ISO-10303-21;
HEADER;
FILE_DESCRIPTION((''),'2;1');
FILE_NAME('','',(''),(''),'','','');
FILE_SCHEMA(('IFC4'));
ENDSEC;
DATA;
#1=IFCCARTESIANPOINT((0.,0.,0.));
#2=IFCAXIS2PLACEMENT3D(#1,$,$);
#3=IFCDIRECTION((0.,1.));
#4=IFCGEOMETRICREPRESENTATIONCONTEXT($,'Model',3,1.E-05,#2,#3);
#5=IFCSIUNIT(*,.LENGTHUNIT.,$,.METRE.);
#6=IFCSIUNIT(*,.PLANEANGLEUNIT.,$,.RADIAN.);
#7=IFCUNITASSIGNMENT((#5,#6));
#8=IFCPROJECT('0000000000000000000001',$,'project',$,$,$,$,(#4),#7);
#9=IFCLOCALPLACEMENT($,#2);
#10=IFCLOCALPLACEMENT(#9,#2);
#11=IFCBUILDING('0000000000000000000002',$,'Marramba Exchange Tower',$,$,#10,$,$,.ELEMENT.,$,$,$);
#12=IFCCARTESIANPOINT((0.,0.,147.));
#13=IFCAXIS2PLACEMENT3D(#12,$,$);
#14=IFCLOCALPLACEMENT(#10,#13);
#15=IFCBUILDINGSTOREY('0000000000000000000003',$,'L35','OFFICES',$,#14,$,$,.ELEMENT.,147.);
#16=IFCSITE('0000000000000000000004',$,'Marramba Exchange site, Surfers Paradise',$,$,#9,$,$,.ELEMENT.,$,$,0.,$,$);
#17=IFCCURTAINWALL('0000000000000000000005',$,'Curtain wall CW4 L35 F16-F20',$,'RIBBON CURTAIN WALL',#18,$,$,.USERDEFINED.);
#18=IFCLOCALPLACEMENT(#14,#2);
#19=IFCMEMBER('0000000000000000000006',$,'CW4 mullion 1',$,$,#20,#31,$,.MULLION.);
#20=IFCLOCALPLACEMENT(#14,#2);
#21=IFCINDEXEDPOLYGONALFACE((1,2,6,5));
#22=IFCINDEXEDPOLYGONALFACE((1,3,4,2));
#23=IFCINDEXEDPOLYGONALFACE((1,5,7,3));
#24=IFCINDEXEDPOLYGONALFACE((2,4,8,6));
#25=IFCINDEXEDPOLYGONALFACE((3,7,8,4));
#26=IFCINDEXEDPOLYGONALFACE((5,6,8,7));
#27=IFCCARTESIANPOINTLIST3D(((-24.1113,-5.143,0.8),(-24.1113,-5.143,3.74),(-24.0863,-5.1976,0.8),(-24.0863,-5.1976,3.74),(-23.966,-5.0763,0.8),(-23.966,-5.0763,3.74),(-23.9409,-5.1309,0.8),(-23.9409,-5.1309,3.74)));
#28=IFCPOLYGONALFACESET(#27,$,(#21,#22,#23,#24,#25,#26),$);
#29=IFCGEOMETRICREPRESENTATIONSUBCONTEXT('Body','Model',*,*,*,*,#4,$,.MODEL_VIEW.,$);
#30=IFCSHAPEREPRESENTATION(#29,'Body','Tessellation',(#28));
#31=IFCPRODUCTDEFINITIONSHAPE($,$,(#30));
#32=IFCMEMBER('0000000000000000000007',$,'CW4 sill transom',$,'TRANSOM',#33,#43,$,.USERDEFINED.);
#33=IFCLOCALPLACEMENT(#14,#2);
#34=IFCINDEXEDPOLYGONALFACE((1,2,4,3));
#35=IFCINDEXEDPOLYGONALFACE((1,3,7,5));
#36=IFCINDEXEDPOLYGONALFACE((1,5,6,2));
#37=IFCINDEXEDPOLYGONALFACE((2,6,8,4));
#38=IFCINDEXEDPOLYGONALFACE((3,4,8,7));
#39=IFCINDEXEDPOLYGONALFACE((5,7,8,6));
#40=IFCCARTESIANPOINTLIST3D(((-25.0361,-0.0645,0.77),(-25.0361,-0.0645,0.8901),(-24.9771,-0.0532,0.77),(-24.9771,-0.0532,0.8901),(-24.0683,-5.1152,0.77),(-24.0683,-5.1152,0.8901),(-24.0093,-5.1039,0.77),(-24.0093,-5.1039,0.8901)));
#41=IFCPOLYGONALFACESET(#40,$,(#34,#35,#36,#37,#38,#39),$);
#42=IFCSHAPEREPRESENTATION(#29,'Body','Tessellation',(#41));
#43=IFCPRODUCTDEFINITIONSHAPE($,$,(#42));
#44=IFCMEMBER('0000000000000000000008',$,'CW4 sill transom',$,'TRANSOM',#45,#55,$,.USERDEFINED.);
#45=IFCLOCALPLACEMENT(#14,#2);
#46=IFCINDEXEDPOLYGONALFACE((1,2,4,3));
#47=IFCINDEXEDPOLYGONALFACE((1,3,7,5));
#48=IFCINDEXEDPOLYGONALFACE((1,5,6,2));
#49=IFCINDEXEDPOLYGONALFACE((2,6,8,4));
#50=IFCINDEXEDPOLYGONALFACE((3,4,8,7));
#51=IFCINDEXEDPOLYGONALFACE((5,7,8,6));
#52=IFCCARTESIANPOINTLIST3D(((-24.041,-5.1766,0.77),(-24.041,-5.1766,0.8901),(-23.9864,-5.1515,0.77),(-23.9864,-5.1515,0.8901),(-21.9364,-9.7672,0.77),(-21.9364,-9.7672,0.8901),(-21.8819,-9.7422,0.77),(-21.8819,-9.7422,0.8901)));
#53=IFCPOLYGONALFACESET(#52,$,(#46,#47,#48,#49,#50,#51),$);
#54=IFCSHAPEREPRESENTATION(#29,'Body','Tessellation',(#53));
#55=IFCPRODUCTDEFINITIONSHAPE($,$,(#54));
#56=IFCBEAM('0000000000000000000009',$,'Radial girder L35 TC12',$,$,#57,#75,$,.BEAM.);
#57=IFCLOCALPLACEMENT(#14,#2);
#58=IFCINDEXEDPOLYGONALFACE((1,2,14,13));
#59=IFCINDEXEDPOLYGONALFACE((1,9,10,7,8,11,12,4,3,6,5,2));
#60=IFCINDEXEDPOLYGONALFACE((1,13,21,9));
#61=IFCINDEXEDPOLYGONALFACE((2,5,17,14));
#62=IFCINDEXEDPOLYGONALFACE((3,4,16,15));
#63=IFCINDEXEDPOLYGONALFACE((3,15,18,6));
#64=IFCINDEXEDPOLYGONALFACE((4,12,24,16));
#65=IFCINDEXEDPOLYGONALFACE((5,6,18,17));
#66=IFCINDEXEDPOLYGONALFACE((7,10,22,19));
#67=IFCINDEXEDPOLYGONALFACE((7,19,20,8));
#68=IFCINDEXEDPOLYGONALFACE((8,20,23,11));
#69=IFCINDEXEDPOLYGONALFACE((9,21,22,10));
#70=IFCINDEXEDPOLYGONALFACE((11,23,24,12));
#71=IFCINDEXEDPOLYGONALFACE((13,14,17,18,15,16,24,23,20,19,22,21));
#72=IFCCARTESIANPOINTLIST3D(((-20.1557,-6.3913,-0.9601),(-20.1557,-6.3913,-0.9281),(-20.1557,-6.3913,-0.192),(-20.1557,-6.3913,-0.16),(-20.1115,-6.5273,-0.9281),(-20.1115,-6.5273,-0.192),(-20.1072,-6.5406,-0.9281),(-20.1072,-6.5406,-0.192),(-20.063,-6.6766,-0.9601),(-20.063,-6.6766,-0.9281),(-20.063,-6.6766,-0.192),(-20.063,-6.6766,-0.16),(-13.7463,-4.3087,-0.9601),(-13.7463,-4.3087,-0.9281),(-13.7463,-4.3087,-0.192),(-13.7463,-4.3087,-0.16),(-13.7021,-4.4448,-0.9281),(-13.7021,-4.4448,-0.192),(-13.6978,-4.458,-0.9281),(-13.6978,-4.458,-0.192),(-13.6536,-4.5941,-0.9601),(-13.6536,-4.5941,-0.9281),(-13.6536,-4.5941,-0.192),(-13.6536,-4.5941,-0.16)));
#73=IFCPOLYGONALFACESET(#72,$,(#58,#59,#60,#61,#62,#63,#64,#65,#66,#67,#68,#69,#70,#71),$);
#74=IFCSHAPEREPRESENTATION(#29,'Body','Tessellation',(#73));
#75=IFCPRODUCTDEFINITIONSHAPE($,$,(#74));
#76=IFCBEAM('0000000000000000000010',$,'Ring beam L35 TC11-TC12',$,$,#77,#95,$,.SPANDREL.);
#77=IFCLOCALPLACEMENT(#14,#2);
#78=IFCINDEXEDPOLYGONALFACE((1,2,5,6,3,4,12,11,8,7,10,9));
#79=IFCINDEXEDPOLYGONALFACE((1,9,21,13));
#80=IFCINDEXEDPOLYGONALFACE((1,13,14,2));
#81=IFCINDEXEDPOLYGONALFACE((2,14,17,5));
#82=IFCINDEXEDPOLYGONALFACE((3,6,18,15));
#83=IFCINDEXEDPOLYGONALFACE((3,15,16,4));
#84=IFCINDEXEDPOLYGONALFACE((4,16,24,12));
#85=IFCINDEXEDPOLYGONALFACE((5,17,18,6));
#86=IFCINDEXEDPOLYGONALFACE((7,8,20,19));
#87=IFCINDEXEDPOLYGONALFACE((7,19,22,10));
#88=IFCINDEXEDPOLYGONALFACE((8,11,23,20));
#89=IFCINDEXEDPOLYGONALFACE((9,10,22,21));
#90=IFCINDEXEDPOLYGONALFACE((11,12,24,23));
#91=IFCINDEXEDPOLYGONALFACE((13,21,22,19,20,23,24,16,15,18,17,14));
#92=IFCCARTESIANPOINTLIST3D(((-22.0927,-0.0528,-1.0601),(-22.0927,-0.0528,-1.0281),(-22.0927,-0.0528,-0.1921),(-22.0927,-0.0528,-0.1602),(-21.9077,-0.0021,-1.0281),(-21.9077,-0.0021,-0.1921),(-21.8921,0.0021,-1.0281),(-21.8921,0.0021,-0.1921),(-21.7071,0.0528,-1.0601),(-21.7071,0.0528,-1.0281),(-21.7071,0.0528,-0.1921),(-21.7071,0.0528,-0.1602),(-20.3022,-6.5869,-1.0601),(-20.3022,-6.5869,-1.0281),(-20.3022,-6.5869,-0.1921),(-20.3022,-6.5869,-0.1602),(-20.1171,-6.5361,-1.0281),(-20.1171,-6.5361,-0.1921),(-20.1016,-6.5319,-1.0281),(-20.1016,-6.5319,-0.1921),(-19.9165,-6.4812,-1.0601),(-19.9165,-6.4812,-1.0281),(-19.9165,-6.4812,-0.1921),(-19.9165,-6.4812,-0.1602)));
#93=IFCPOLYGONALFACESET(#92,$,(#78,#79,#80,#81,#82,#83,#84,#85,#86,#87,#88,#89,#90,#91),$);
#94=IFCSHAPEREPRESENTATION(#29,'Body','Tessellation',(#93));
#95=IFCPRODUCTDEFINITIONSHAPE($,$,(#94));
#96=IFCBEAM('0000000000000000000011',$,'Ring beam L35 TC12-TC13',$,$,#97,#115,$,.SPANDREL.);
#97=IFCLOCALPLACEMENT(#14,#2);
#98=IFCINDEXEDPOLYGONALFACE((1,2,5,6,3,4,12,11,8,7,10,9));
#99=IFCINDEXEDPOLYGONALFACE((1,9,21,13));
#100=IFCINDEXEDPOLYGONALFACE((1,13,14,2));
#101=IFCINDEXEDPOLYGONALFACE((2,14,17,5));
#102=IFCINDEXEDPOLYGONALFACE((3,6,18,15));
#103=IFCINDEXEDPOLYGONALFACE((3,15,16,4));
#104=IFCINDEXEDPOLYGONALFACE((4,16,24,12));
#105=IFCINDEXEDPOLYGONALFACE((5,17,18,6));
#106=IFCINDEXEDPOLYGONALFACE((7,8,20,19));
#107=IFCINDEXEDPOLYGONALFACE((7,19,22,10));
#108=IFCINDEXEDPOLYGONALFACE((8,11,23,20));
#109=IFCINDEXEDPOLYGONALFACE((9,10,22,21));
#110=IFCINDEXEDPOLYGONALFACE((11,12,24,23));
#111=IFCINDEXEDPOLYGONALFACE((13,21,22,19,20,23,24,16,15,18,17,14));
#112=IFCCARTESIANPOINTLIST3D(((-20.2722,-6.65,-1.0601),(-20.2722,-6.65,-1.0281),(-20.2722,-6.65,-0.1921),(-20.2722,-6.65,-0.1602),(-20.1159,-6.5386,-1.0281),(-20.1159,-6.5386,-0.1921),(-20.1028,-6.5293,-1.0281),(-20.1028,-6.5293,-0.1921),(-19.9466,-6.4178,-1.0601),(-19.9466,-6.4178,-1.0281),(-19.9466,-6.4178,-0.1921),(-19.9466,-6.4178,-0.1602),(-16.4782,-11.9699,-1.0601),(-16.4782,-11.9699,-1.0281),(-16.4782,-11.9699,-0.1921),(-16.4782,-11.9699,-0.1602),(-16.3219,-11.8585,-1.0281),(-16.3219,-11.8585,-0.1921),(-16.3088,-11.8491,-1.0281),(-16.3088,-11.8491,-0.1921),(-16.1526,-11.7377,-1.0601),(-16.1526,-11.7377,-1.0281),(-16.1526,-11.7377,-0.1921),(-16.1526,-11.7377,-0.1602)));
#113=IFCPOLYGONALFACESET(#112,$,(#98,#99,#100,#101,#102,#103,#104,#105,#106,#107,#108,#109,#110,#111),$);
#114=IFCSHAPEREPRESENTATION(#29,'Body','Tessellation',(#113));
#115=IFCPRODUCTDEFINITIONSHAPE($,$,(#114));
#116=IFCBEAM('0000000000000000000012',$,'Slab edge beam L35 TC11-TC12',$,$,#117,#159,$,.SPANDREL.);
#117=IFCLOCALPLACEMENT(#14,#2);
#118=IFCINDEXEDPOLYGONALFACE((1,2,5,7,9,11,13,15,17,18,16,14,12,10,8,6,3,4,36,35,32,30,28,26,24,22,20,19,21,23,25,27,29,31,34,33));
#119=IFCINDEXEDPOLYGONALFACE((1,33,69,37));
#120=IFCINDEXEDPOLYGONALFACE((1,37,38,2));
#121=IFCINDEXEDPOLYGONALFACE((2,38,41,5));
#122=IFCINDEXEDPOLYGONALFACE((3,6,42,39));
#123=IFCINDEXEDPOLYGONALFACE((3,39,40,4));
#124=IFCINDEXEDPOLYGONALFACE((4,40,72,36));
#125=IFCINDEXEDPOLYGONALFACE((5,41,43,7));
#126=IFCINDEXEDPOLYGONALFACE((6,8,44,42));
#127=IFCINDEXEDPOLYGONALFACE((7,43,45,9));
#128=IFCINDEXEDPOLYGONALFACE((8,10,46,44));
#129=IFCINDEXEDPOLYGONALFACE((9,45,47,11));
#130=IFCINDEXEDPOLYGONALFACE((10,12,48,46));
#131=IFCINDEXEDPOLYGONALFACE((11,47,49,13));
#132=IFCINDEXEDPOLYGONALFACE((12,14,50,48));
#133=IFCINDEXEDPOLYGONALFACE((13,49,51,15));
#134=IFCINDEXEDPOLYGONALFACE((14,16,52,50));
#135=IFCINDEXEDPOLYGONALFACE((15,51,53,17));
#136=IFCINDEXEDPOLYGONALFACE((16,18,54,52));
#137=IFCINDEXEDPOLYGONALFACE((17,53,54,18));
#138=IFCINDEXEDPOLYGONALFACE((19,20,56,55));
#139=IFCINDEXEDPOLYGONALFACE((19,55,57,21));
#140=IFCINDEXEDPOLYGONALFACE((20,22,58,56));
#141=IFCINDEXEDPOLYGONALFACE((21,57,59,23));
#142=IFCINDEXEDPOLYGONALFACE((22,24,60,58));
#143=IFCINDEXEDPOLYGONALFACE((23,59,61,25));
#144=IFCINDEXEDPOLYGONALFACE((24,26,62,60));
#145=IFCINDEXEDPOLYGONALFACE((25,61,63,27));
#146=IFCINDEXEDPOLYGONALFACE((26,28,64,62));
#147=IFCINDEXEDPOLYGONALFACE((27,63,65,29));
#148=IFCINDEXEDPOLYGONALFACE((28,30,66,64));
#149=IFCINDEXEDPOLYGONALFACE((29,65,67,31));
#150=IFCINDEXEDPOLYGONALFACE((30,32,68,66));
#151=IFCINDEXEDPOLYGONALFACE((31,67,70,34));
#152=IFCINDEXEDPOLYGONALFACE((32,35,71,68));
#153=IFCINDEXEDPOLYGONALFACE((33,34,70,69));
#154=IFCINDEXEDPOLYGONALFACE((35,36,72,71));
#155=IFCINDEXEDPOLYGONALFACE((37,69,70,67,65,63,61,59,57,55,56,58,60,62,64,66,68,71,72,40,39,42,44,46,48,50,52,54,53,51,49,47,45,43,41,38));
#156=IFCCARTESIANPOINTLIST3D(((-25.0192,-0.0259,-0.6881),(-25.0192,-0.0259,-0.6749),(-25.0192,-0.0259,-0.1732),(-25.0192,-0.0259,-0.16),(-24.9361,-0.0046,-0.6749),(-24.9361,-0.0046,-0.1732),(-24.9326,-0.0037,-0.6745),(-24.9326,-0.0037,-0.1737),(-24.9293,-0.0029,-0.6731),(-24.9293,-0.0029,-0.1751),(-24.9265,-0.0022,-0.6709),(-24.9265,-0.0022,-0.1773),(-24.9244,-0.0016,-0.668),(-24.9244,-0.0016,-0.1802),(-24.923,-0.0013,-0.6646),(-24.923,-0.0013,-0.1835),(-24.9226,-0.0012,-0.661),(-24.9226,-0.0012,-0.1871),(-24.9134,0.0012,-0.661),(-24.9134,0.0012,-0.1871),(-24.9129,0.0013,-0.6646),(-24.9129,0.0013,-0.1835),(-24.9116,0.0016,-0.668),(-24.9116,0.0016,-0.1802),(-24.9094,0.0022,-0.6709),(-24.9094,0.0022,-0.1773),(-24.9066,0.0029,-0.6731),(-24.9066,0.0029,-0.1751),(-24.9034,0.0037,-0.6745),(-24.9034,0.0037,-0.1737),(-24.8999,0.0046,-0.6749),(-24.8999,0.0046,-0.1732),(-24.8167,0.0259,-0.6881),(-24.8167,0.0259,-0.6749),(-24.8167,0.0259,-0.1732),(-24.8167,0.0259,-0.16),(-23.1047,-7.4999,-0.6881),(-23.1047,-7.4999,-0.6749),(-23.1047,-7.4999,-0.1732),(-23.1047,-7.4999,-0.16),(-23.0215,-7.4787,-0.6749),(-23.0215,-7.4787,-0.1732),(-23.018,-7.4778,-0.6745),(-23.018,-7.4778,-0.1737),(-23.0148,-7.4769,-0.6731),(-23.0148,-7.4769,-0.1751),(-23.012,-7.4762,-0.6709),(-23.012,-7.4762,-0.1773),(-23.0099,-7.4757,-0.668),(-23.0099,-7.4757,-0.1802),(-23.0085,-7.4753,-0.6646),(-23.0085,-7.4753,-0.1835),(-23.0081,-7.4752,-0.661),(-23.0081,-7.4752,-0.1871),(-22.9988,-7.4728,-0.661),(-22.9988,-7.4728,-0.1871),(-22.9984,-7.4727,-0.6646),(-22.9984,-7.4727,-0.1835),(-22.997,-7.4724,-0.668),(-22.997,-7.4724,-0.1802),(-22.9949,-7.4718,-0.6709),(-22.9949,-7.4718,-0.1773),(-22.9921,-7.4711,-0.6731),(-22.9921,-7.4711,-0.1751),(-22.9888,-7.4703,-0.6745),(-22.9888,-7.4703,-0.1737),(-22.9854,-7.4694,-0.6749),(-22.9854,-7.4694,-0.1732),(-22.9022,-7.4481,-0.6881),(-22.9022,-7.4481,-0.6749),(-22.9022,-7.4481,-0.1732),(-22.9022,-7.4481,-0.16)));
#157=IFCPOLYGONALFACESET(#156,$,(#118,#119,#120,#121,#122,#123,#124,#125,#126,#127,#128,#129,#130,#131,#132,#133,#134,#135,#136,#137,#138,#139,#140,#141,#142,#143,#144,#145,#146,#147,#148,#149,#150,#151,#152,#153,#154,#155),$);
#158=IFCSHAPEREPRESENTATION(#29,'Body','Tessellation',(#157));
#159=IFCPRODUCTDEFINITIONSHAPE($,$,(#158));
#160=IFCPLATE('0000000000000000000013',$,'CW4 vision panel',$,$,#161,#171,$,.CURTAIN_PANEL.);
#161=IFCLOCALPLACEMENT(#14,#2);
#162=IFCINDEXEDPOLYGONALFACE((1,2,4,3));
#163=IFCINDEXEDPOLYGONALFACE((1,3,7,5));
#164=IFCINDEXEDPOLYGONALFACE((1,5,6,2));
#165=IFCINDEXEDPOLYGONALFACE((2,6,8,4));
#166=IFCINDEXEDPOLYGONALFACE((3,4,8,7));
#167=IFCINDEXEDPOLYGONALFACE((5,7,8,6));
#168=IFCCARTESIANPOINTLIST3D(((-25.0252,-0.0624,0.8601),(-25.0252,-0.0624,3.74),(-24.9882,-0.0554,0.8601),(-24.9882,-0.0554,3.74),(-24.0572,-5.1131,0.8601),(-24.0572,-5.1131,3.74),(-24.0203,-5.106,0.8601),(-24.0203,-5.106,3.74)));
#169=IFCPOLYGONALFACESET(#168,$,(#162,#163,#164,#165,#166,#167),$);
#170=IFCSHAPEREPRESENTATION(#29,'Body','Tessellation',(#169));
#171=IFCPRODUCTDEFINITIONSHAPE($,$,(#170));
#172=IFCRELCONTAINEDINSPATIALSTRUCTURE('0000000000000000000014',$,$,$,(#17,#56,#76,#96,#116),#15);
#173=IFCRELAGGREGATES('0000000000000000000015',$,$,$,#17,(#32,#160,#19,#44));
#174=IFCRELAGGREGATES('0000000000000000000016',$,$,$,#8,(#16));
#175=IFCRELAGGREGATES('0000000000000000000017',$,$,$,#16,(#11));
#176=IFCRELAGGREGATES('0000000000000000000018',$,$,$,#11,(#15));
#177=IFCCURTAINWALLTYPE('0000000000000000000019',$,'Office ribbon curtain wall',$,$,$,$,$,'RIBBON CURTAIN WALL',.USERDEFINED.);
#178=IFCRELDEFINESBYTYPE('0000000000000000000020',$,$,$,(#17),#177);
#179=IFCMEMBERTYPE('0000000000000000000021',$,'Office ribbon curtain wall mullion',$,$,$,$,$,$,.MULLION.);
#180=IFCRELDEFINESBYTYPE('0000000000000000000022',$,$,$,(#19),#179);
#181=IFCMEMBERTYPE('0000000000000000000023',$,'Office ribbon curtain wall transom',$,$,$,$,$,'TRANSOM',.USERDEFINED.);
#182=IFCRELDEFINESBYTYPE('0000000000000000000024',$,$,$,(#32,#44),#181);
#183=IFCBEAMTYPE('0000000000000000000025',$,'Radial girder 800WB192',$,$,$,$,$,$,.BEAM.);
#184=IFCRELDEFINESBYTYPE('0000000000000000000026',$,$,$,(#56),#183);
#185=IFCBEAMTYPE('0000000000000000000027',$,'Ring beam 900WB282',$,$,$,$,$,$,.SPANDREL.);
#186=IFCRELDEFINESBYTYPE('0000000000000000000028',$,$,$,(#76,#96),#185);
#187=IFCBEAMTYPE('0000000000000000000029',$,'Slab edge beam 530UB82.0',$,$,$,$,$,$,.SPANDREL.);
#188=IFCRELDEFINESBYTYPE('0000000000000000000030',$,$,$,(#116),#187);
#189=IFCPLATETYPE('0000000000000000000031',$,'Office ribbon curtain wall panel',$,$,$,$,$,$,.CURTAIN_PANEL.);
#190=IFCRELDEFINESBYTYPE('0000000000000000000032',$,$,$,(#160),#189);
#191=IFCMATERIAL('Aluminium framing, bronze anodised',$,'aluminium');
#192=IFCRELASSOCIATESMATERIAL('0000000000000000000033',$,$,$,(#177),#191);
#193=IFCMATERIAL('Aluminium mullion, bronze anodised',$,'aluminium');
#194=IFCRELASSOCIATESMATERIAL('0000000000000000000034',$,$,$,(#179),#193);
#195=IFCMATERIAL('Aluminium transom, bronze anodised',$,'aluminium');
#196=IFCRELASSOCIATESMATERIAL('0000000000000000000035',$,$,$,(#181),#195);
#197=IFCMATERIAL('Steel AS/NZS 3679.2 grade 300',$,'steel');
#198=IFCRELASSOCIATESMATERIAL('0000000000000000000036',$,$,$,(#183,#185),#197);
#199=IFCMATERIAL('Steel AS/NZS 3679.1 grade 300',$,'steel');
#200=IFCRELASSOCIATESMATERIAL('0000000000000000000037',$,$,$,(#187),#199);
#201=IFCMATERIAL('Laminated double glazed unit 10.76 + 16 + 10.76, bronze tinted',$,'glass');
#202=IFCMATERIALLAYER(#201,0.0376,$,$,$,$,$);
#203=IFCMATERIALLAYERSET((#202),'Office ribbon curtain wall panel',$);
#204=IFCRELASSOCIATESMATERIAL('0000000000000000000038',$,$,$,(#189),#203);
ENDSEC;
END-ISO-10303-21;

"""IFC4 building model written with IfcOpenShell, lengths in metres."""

from ifc_helpers import new_model, si_unit, direction, frame, origin, origin_2d, place, context, subcontext, project, spatial, rectangle, i_section, extrude, material, layer, layer_set, material_profile, profile_set, type_object, element, aggregate, save


model = new_model("IFC4")

# Units and contexts
model_context = context("Model", 3, precision=1e-05, world=origin(), true_north=direction((0.0, 1.0)))
body_context = subcontext(model_context, "Body", "Model", "MODEL_VIEW")
ifc_project = project(units=[si_unit("LENGTHUNIT", "METRE"), si_unit("PLANEANGLEUNIT", "RADIAN")], contexts=[model_context])

# Site, building, storey
site_placement = place(None, origin())
site = spatial("IfcSite", under=ifc_project, at=site_placement, Name="Marramba Exchange site, Surfers Paradise", CompositionType="ELEMENT", RefElevation=0.0)
building_placement = place(site_placement, origin())
building = spatial("IfcBuilding", under=site, at=building_placement, Name="Marramba Exchange Tower", CompositionType="ELEMENT")
storey_placement = place(building_placement, frame((0.0, 0.0, 147.0)))
storey = spatial("IfcBuildingStorey", under=building, at=storey_placement, Name="L35", Description="OFFICES", CompositionType="ELEMENT", Elevation=147.0)

# Shared definitions
ifc_material_1 = material(Name="Steel AS/NZS 3679.2 grade 300", Category="steel")
ifc_material_2 = material(Name="Steel AS/NZS 3679.1 grade 300", Category="steel")

# Curtain wall, members
ifc_material_3 = material(Name="Aluminium framing, bronze anodised", Category="aluminium")
curtain_wall_type = type_object("IfcCurtainWallType", Name="Office ribbon curtain wall", ElementType="RIBBON CURTAIN WALL", PredefinedType="USERDEFINED", material=ifc_material_3)
curtain_wall_placement = place(storey_placement, origin())
curtain_wall = element("IfcCurtainWall", 1, at=curtain_wall_placement, inside=storey, type_object=curtain_wall_type, Name="Curtain wall CW4 L35 F16-F20", ObjectType="RIBBON CURTAIN WALL", PredefinedType="USERDEFINED")
ifc_material_4 = material(Name="Aluminium mullion, bronze anodised", Category="aluminium")
ifc_material_profile_1 = material_profile(ifc_material_4, rectangle(XDim=0.1599, YDim=0.0601, at=origin_2d()), Name="CW4 mullion 60x160")
ifc_profile_set_1 = profile_set([ifc_material_profile_1], Name="Aluminium mullion, bronze anodised")
member_type_1 = type_object("IfcMemberType", Name="Office ribbon curtain wall mullion", PredefinedType="MULLION", material=ifc_profile_set_1)
member_1_placement = place(storey_placement, frame((-24.0261, -5.137, 0.8), z_axis=(0.0, 0.0, 1.0), x_axis=(0.909027, 0.416738, 0.0)))
member_1 = element("IfcMember", 2, at=member_1_placement, type_object=member_type_1, Name="CW4 mullion 1", PredefinedType="MULLION", context=body_context, shape_type="SweptSolid", body=[
    extrude(rectangle(XDim=0.1599, YDim=0.0601, at=origin_2d()), origin(), (0.0, 0.0, 1.0), 2.9399),
])
ifc_material_5 = material(Name="Aluminium transom, bronze anodised", Category="aluminium")
ifc_material_profile_2 = material_profile(ifc_material_5, rectangle(XDim=0.0601, YDim=0.1201, at=origin_2d()), Name="CW4 transom 60x120")
ifc_profile_set_2 = profile_set([ifc_material_profile_2], Name="Aluminium transom, bronze anodised")
member_type_2 = type_object("IfcMemberType", Name="Office ribbon curtain wall transom", ElementType="TRANSOM", PredefinedType="USERDEFINED", material=ifc_profile_set_2)
member_2_placement = place(storey_placement, frame((-25.0066, -0.0588, 0.8301), z_axis=(0.188185, -0.982134, 0.0), x_axis=(0.982134, 0.188185, 0.0)))
member_2 = element("IfcMember", 3, at=member_2_placement, type_object=member_type_2, Name="CW4 sill transom", ObjectType="TRANSOM", PredefinedType="USERDEFINED", context=body_context, shape_type="SweptSolid", body=[
    extrude(rectangle(XDim=0.0601, YDim=0.1201, at=origin_2d()), origin(), (0.0, 0.0, 1.0), 5.1426),
])
member_3_placement = place(storey_placement, frame((-24.0137, -5.1641, 0.8301), z_axis=(0.416733, -0.909029, 0.0), x_axis=(0.909029, 0.416733, 0.0)))
member_3 = element("IfcMember", 4, at=member_3_placement, type_object=member_type_2, Name="CW4 sill transom", ObjectType="TRANSOM", PredefinedType="USERDEFINED", context=body_context, shape_type="SweptSolid", body=[
    extrude(rectangle(XDim=0.0601, YDim=0.1201, at=origin_2d()), origin(), (0.0, 0.0, 1.0), 5.05),
])

# Beams
ifc_material_profile_3 = material_profile(ifc_material_1, i_section(OverallWidth=0.3, OverallDepth=0.8, WebThickness=0.0139, FlangeThickness=0.032, at=origin_2d()), Name="800WB192")
ifc_profile_set_3 = profile_set([ifc_material_profile_3], Name="Steel AS/NZS 3679.2 grade 300")
beam_type_1 = type_object("IfcBeamType", Name="Radial girder 800WB192", PredefinedType="BEAM", material=ifc_profile_set_3)
beam_1_placement = place(storey_placement, frame((-13.7, -4.4514, -0.5601), z_axis=(-0.951058, -0.309013, 0.0), x_axis=(0.309013, -0.951058, 0.0)))
element("IfcBeam", 5, at=beam_1_placement, inside=storey, type_object=beam_type_1, Name="Radial girder L35 TC12", PredefinedType="BEAM", context=body_context, shape_type="SweptSolid", body=[
    extrude(i_section(OverallWidth=0.3, OverallDepth=0.8, WebThickness=0.0139, FlangeThickness=0.032, at=origin_2d()), origin(), (0.0, 0.0, 1.0), 6.7393),
])
ifc_material_profile_4 = material_profile(ifc_material_1, i_section(OverallWidth=0.3999, OverallDepth=0.8999, WebThickness=0.0161, FlangeThickness=0.032, at=origin_2d()), Name="900WB282")
ifc_profile_set_4 = profile_set([ifc_material_profile_4], Name="Steel AS/NZS 3679.2 grade 300")
beam_type_2 = type_object("IfcBeamType", Name="Ring beam 900WB282", PredefinedType="SPANDREL", material=ifc_profile_set_4)
beam_2_placement = place(storey_placement, frame((-21.8999, 0.0, -0.6101), z_axis=(0.264291, -0.964443, 0.0), x_axis=(0.964443, 0.264291, 0.0)))
element("IfcBeam", 6, at=beam_2_placement, inside=storey, type_object=beam_type_2, Name="Ring beam L35 TC11-TC12", PredefinedType="SPANDREL", context=body_context, shape_type="SweptSolid", body=[
    extrude(i_section(OverallWidth=0.3999, OverallDepth=0.8999, WebThickness=0.0161, FlangeThickness=0.032, at=origin_2d()), origin(), (0.0, 0.0, 1.0), 6.7749),
])
beam_3_placement = place(storey_placement, frame((-20.1094, -6.5339, -0.6101), z_axis=(0.580637, -0.814162, 0.0), x_axis=(0.814162, 0.580637, 0.0)))
element("IfcBeam", 7, at=beam_3_placement, inside=storey, type_object=beam_type_2, Name="Ring beam L35 TC12-TC13", PredefinedType="SPANDREL", context=body_context, shape_type="SweptSolid", body=[
    extrude(i_section(OverallWidth=0.3999, OverallDepth=0.8999, WebThickness=0.0161, FlangeThickness=0.032, at=origin_2d()), origin(), (0.0, 0.0, 1.0), 6.5342),
])
ifc_material_profile_5 = material_profile(ifc_material_2, i_section(OverallWidth=0.209, OverallDepth=0.5281, WebThickness=0.0095, FlangeThickness=0.0132, FilletRadius=0.0139, at=origin_2d()), Name="530UB82.0")
ifc_profile_set_5 = profile_set([ifc_material_profile_5], Name="Steel AS/NZS 3679.1 grade 300")
beam_type_3 = type_object("IfcBeamType", Name="Slab edge beam 530UB82.0", PredefinedType="SPANDREL", material=ifc_profile_set_5)
beam_4_placement = place(storey_placement, frame((-24.918, 0.0, -0.4241), z_axis=(0.248145, -0.968723, 0.0), x_axis=(0.968723, 0.248145, 0.0)))
element("IfcBeam", 8, at=beam_4_placement, inside=storey, type_object=beam_type_3, Name="Slab edge beam L35 TC11-TC12", PredefinedType="SPANDREL", context=body_context, shape_type="SweptSolid", body=[
    extrude(i_section(OverallWidth=0.209, OverallDepth=0.5281, WebThickness=0.0095, FlangeThickness=0.0132, FilletRadius=0.0139, at=origin_2d()), origin(), (0.0, 0.0, 1.0), 7.7153),
])

# Plate
ifc_material_6 = material(Name="Laminated double glazed unit 10.76 + 16 + 10.76, bronze tinted", Category="glass")
ifc_layer_1 = layer(ifc_material_6, 0.0376)
ifc_layer_set_1 = layer_set([ifc_layer_1], Name="Office ribbon curtain wall panel")
plate_type = type_object("IfcPlateType", Name="Office ribbon curtain wall panel", PredefinedType="CURTAIN_PANEL", material=ifc_layer_set_1)
plate_placement = place(storey_placement, frame((-24.5227, -2.5842, 0.8601), z_axis=(0.0, 0.0, 1.0), x_axis=(0.188227, -0.982126, 0.0)))
plate = element("IfcPlate", 9, at=plate_placement, type_object=plate_type, Name="CW4 vision panel", PredefinedType="CURTAIN_PANEL", context=body_context, shape_type="SweptSolid", body=[
    extrude(rectangle(XDim=5.1426, YDim=0.0376, at=origin_2d()), origin(), (0.0, 0.0, 1.0), 2.8799),
])
aggregate(curtain_wall, [member_2, plate, member_1, member_3])

save(model, "model.ifc")
